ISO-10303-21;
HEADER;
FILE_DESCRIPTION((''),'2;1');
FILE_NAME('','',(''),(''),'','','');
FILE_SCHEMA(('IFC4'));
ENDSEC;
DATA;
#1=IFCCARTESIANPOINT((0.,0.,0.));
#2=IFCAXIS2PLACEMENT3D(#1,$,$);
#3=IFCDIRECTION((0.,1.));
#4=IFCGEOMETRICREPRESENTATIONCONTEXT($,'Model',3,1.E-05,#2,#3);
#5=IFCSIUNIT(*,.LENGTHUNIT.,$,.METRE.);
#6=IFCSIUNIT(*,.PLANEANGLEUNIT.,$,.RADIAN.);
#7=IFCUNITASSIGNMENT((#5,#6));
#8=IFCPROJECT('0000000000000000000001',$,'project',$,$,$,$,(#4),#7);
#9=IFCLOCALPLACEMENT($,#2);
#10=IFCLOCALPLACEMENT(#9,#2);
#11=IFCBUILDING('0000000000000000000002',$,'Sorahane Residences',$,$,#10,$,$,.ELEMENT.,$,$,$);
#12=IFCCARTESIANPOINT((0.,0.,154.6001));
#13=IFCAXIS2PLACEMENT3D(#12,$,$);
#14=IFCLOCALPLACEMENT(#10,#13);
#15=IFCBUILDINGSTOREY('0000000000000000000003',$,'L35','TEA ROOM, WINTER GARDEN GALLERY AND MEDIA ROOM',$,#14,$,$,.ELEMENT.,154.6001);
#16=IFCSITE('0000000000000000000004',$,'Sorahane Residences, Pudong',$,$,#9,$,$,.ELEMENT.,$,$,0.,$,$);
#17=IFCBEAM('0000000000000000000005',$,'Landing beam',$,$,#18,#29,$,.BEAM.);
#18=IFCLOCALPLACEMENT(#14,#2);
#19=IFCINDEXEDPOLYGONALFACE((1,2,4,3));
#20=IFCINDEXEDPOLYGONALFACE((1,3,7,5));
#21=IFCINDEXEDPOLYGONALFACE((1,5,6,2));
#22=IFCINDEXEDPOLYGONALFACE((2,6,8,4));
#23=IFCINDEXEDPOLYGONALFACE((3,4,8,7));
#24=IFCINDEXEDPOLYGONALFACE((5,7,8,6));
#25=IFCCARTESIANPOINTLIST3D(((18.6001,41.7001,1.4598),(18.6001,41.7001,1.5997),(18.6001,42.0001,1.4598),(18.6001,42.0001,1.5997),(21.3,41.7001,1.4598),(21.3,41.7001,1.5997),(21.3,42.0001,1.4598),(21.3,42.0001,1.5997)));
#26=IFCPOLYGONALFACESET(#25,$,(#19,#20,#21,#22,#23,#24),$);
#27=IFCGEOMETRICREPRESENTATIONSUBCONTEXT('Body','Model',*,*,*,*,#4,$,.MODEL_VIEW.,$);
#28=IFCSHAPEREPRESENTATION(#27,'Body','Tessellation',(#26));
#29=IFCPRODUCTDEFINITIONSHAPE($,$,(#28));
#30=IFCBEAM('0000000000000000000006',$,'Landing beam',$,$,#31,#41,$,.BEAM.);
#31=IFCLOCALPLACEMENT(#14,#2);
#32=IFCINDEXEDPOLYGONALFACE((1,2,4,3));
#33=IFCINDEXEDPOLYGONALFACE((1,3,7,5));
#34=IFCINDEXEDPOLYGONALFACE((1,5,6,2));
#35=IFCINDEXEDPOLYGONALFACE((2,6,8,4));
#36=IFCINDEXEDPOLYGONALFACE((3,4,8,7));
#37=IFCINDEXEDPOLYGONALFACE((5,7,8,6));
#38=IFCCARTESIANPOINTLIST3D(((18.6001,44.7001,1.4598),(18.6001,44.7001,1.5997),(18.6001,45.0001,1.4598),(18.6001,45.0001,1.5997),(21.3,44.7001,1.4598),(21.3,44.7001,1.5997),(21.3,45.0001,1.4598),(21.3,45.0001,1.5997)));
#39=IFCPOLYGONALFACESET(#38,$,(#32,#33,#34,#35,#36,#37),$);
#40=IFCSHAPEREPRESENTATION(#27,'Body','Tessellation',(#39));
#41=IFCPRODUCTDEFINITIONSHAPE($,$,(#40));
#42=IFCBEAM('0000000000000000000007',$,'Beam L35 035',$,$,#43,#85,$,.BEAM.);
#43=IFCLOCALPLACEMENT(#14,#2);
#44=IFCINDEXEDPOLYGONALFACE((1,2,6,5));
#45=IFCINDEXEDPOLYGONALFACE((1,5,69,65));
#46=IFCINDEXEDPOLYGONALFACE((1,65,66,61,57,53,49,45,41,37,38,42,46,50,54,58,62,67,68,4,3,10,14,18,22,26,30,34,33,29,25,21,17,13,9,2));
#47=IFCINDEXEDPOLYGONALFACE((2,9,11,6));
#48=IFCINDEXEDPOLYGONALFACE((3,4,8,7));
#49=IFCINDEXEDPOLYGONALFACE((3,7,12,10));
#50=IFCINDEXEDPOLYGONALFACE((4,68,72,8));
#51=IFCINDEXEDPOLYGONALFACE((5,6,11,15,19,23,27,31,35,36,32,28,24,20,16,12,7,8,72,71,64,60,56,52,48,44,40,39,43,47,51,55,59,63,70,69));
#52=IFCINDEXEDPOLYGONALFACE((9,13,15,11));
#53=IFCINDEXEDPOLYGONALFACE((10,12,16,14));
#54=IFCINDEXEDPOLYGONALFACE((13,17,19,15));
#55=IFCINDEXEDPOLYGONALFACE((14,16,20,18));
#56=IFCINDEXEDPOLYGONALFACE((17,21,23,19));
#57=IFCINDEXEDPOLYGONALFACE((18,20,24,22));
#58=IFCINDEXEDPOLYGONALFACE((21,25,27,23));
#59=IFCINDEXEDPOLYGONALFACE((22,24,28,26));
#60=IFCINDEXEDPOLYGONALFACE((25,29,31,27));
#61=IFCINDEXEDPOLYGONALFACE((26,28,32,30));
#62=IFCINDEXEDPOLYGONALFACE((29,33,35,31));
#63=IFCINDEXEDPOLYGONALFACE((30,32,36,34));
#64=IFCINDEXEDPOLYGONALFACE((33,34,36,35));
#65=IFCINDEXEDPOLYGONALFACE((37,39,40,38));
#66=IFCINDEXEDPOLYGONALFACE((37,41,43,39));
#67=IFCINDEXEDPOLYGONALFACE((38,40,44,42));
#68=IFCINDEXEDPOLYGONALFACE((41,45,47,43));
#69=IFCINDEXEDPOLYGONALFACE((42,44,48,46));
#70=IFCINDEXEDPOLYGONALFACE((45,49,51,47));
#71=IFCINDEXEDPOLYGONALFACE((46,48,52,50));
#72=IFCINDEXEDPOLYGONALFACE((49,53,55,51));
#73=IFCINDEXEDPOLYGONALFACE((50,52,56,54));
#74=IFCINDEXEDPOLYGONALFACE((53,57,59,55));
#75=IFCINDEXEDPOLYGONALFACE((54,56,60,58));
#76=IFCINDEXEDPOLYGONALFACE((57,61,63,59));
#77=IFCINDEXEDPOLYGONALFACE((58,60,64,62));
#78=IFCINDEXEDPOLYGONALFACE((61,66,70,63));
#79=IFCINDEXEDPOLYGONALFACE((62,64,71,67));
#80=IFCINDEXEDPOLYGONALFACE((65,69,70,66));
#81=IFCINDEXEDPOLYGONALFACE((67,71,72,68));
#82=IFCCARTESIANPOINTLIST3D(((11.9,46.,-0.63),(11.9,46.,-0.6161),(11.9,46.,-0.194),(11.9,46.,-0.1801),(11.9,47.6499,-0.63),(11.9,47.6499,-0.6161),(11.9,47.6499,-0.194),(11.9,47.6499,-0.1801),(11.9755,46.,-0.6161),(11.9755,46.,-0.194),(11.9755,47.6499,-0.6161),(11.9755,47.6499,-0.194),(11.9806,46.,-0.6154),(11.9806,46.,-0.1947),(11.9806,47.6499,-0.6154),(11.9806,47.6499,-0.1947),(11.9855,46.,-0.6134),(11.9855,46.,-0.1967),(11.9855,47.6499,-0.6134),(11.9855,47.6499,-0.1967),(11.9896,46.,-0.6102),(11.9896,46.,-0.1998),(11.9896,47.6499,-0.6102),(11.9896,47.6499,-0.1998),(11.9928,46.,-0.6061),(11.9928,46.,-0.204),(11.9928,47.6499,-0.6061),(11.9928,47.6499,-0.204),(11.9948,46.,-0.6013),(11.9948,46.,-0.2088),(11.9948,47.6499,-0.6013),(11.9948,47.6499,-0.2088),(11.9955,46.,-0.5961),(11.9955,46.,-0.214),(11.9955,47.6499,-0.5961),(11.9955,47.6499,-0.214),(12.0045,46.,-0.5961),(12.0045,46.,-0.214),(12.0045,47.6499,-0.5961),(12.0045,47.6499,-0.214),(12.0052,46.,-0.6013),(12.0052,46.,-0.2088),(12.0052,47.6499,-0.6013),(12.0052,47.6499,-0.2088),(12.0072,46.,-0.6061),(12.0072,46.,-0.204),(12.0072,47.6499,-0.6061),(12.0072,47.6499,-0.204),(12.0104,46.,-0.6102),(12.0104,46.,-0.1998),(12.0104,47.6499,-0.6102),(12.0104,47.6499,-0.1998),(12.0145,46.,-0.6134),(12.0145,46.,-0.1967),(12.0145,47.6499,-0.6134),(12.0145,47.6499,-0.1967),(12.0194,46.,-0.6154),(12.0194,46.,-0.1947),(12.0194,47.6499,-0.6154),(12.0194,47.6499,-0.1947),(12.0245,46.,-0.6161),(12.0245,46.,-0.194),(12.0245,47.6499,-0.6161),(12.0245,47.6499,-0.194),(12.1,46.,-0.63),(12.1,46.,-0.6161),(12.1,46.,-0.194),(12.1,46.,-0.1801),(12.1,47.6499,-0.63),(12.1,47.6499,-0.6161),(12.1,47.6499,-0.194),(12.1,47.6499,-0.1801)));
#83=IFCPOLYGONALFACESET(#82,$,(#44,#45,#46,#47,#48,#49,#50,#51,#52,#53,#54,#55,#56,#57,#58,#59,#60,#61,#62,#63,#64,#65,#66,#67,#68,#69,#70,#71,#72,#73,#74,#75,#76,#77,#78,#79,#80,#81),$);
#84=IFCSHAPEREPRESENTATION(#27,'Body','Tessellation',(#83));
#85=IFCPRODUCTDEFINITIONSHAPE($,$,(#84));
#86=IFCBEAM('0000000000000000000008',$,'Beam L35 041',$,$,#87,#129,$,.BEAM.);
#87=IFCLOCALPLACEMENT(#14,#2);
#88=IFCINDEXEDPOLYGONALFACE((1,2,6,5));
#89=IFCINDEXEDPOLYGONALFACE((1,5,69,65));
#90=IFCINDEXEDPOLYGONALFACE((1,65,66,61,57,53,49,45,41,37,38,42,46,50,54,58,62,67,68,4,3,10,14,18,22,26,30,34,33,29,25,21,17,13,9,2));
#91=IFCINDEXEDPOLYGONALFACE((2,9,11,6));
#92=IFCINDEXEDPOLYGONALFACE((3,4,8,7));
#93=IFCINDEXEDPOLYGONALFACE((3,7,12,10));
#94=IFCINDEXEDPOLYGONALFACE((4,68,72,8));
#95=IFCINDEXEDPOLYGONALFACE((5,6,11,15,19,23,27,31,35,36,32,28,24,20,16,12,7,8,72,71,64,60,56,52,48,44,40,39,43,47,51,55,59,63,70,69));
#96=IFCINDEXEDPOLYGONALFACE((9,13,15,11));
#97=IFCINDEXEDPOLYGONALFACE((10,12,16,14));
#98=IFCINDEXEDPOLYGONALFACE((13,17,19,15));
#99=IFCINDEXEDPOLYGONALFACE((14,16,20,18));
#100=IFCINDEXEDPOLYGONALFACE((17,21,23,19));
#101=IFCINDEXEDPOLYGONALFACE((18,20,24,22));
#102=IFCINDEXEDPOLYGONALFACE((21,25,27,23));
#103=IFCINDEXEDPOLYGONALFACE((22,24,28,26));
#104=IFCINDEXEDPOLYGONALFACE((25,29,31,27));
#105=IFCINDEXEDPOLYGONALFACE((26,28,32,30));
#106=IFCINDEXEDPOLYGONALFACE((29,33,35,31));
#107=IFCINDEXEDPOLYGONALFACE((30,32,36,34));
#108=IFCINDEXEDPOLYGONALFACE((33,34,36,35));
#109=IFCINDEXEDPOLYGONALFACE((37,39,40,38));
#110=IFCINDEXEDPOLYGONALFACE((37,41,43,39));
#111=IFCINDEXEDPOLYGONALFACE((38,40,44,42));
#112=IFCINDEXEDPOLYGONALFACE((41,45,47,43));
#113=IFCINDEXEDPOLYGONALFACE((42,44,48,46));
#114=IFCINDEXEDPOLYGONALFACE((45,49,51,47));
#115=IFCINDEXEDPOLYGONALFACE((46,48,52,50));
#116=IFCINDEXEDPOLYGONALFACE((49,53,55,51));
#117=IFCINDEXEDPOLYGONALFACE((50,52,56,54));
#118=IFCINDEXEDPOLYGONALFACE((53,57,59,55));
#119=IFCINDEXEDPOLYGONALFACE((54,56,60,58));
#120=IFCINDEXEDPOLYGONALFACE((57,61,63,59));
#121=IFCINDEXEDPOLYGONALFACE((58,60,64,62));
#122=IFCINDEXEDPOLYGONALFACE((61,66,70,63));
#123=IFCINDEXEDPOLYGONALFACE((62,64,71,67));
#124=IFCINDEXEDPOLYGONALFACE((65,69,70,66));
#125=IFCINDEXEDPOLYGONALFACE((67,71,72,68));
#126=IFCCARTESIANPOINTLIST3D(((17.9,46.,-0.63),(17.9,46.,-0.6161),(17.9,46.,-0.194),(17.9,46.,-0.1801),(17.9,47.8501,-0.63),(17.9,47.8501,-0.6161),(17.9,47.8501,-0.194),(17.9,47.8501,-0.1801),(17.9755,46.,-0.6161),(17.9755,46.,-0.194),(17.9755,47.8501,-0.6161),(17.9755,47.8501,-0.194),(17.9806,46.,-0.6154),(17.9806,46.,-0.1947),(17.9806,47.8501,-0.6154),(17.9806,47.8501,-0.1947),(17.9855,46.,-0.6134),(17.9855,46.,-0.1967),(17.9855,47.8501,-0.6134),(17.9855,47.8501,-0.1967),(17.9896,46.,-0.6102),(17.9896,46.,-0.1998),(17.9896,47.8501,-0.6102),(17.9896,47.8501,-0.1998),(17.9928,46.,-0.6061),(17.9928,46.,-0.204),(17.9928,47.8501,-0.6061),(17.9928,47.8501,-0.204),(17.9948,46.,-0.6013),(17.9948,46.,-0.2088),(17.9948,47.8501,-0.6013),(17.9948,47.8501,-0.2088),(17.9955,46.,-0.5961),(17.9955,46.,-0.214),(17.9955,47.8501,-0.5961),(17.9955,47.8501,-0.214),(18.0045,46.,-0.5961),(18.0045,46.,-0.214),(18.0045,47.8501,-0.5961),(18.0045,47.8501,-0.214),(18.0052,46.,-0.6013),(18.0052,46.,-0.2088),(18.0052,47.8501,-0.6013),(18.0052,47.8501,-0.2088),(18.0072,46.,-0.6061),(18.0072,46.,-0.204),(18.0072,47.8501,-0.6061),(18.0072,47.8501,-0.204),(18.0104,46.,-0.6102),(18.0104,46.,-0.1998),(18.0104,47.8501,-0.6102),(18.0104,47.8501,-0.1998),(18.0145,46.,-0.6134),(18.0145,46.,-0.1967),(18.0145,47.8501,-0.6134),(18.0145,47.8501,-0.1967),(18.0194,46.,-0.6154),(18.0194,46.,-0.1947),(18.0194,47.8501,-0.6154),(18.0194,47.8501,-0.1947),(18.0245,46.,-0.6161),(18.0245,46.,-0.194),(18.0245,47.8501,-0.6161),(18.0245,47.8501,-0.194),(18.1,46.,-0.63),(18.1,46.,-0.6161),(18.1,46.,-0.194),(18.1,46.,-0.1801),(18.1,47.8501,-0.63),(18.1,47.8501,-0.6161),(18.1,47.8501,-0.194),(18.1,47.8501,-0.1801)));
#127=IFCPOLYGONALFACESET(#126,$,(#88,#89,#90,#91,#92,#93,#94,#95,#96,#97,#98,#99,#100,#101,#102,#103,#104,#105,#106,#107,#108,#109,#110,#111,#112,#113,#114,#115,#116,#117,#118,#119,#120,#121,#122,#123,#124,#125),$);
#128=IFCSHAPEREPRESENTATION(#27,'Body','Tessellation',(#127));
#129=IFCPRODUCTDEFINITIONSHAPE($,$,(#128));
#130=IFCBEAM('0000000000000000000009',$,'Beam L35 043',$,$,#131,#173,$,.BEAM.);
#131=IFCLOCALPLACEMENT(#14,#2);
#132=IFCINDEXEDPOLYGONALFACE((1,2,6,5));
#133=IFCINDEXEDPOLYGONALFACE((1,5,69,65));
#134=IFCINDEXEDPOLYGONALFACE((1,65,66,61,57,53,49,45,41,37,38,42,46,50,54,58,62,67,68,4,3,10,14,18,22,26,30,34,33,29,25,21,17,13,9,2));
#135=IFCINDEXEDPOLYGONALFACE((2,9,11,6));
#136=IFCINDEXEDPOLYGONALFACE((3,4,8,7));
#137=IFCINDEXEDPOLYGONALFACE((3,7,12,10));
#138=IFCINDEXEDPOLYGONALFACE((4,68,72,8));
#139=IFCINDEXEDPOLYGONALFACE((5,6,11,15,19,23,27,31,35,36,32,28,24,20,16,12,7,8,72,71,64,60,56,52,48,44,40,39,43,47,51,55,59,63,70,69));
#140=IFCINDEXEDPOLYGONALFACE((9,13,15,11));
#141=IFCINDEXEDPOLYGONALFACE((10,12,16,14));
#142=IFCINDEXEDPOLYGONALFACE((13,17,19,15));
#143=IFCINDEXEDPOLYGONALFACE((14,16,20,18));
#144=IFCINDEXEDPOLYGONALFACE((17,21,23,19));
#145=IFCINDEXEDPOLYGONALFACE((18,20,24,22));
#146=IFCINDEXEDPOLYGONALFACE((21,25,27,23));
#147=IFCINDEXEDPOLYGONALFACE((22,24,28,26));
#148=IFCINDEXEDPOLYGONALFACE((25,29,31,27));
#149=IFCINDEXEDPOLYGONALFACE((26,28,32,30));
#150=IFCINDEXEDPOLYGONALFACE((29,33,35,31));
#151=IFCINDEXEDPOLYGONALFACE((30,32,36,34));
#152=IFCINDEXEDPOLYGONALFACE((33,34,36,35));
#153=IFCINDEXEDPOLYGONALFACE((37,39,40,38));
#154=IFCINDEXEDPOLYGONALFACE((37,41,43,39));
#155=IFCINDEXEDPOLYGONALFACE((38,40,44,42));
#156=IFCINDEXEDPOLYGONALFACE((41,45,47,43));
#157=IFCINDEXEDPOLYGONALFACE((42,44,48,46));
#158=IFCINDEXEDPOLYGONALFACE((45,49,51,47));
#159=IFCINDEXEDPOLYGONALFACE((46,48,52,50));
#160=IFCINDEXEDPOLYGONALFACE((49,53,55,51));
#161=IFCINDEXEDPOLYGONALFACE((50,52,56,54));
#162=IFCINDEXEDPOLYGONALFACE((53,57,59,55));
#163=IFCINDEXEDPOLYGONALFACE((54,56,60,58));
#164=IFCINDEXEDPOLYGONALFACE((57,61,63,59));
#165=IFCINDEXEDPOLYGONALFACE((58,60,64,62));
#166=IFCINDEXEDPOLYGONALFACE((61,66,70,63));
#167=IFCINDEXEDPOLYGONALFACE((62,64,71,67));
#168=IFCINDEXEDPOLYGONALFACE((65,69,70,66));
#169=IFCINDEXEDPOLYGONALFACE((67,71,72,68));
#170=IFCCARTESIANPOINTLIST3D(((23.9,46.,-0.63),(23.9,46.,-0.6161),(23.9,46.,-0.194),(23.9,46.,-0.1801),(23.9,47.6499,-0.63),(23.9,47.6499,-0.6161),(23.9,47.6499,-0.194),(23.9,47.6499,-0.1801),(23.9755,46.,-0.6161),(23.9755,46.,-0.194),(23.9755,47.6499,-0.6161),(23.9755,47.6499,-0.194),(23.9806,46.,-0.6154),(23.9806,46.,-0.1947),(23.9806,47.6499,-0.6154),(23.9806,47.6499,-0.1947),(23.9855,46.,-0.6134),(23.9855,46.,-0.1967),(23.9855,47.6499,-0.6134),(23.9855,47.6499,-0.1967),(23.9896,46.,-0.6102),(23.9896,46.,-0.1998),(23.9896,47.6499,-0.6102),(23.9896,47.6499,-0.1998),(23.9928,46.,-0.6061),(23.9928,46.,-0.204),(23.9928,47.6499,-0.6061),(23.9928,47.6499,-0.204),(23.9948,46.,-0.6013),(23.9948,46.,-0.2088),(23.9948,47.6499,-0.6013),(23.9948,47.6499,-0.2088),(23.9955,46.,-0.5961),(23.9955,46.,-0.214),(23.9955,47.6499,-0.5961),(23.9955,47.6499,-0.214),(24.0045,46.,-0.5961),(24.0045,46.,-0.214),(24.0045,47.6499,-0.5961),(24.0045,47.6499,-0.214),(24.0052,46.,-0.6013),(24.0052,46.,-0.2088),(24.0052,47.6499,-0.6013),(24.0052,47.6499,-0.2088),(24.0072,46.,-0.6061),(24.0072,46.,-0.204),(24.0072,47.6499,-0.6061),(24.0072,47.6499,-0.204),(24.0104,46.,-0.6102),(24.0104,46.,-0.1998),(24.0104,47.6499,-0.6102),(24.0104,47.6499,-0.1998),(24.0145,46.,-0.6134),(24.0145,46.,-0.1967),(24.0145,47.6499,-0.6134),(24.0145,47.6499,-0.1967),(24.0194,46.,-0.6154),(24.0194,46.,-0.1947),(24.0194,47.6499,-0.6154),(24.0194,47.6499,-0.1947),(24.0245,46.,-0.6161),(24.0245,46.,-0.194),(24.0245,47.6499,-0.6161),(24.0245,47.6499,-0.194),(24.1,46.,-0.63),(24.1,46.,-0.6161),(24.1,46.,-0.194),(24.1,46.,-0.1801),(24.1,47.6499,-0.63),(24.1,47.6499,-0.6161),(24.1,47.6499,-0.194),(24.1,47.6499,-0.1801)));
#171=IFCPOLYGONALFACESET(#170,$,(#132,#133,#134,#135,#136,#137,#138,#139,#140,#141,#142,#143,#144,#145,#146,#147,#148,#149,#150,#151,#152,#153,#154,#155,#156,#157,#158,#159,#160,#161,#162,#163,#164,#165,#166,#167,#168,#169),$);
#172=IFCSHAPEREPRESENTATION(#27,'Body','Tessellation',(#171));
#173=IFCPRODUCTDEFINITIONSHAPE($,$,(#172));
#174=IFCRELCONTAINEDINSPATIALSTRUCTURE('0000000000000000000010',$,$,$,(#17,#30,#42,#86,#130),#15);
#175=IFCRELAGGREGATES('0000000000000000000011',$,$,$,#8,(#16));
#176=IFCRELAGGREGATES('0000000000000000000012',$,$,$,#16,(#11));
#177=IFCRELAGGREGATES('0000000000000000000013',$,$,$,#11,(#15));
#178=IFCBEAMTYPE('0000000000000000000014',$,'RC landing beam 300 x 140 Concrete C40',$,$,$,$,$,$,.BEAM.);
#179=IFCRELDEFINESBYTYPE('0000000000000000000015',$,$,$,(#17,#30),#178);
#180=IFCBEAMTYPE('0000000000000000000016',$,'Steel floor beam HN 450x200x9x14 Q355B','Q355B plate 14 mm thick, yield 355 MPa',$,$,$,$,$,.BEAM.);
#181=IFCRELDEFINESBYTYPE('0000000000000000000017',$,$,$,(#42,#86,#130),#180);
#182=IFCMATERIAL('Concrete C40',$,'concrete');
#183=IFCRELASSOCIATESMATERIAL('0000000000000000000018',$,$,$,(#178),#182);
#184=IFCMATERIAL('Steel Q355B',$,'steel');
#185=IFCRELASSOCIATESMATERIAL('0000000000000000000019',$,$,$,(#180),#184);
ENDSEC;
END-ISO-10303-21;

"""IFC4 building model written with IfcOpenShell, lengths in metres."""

from ifc_helpers import new_model, si_unit, direction, frame, origin, origin_2d, place, context, subcontext, project, spatial, rectangle, i_section, extrude, material, material_profile, profile_set, type_object, element, save


model = new_model("IFC4")

# Units and contexts
model_context = context("Model", 3, precision=1e-05, world=origin(), true_north=direction((0.0, 1.0)))
body_context = subcontext(model_context, "Body", "Model", "MODEL_VIEW")
ifc_project = project(units=[si_unit("LENGTHUNIT", "METRE"), si_unit("PLANEANGLEUNIT", "RADIAN")], contexts=[model_context])

# Site, building, storey
site_placement = place(None, origin())
site = spatial("IfcSite", under=ifc_project, at=site_placement, Name="Sorahane Residences, Pudong", CompositionType="ELEMENT", RefElevation=0.0)
building_placement = place(site_placement, origin())
building = spatial("IfcBuilding", under=site, at=building_placement, Name="Sorahane Residences", CompositionType="ELEMENT")
storey_placement = place(building_placement, frame((0.0, 0.0, 154.6001)))
storey = spatial("IfcBuildingStorey", under=building, at=storey_placement, Name="L35", Description="TEA ROOM, WINTER GARDEN GALLERY AND MEDIA ROOM", CompositionType="ELEMENT", Elevation=154.6001)

# Beams
ifc_material_1 = material(Name="Concrete C40", Category="concrete")
ifc_material_profile_1 = material_profile(ifc_material_1, rectangle(XDim=0.3, YDim=0.1399, at=origin_2d()), Name="300x140")
ifc_profile_set_1 = profile_set([ifc_material_profile_1], Name="Concrete C40")
beam_type_1 = type_object("IfcBeamType", Name="RC landing beam 300 x 140 Concrete C40", PredefinedType="BEAM", material=ifc_profile_set_1)
for number, where, z_axis, x_axis, name in (
    (1, (18.6001, 41.8501, 1.5298), (1.0, 0.0, 0.0), (0.0, 1.0, 0.0), "Landing beam"),
    (2, (18.6001, 44.8501, 1.5298), (1.0, 0.0, 0.0), (0.0, 1.0, 0.0), "Landing beam"),
):
    element("IfcBeam", number, at=place(storey_placement, frame(where, z_axis=z_axis, x_axis=x_axis)), inside=storey, type_object=beam_type_1, Name=name, PredefinedType="BEAM", context=body_context, shape_type="SweptSolid", body=[
        extrude(rectangle(XDim=0.3, YDim=0.1399, at=origin_2d()), origin(), (0.0, 0.0, 1.0), 2.7),
    ])
ifc_material_2 = material(Name="Steel Q355B", Category="steel")
ifc_material_profile_2 = material_profile(ifc_material_2, i_section(OverallWidth=0.2, OverallDepth=0.45, WebThickness=0.009, FlangeThickness=0.0139, FilletRadius=0.02, at=origin_2d()), Name="HN 450x200x9x14")
ifc_profile_set_2 = profile_set([ifc_material_profile_2], Name="Steel Q355B")
beam_type_2 = type_object("IfcBeamType", Name="Steel floor beam HN 450x200x9x14 Q355B", Description="Q355B plate 14 mm thick, yield 355 MPa", PredefinedType="BEAM", material=ifc_profile_set_2)
beam_1_placement = place(storey_placement, frame((12.0, 46.0, -0.405), z_axis=(0.0, 1.0, 0.0), x_axis=(-1.0, 0.0, 0.0)))
element("IfcBeam", 3, at=beam_1_placement, inside=storey, type_object=beam_type_2, Name="Beam L35 035", PredefinedType="BEAM", context=body_context, shape_type="SweptSolid", body=[
    extrude(i_section(OverallWidth=0.2, OverallDepth=0.45, WebThickness=0.009, FlangeThickness=0.0139, FilletRadius=0.02, at=origin_2d()), origin(), (0.0, 0.0, 1.0), 1.6499),
])
beam_2_placement = place(storey_placement, frame((18.0, 46.0, -0.405), z_axis=(0.0, 1.0, 0.0), x_axis=(-1.0, 0.0, 0.0)))
element("IfcBeam", 4, at=beam_2_placement, inside=storey, type_object=beam_type_2, Name="Beam L35 041", PredefinedType="BEAM", context=body_context, shape_type="SweptSolid", body=[
    extrude(i_section(OverallWidth=0.2, OverallDepth=0.45, WebThickness=0.009, FlangeThickness=0.0139, FilletRadius=0.02, at=origin_2d()), origin(), (0.0, 0.0, 1.0), 1.8501),
])
beam_3_placement = place(storey_placement, frame((24.0, 46.0, -0.405), z_axis=(0.0, 1.0, 0.0), x_axis=(-1.0, 0.0, 0.0)))
element("IfcBeam", 5, at=beam_3_placement, inside=storey, type_object=beam_type_2, Name="Beam L35 043", PredefinedType="BEAM", context=body_context, shape_type="SweptSolid", body=[
    extrude(i_section(OverallWidth=0.2, OverallDepth=0.45, WebThickness=0.009, FlangeThickness=0.0139, FilletRadius=0.02, at=origin_2d()), origin(), (0.0, 0.0, 1.0), 1.6499),
])

save(model, "model.ifc")
